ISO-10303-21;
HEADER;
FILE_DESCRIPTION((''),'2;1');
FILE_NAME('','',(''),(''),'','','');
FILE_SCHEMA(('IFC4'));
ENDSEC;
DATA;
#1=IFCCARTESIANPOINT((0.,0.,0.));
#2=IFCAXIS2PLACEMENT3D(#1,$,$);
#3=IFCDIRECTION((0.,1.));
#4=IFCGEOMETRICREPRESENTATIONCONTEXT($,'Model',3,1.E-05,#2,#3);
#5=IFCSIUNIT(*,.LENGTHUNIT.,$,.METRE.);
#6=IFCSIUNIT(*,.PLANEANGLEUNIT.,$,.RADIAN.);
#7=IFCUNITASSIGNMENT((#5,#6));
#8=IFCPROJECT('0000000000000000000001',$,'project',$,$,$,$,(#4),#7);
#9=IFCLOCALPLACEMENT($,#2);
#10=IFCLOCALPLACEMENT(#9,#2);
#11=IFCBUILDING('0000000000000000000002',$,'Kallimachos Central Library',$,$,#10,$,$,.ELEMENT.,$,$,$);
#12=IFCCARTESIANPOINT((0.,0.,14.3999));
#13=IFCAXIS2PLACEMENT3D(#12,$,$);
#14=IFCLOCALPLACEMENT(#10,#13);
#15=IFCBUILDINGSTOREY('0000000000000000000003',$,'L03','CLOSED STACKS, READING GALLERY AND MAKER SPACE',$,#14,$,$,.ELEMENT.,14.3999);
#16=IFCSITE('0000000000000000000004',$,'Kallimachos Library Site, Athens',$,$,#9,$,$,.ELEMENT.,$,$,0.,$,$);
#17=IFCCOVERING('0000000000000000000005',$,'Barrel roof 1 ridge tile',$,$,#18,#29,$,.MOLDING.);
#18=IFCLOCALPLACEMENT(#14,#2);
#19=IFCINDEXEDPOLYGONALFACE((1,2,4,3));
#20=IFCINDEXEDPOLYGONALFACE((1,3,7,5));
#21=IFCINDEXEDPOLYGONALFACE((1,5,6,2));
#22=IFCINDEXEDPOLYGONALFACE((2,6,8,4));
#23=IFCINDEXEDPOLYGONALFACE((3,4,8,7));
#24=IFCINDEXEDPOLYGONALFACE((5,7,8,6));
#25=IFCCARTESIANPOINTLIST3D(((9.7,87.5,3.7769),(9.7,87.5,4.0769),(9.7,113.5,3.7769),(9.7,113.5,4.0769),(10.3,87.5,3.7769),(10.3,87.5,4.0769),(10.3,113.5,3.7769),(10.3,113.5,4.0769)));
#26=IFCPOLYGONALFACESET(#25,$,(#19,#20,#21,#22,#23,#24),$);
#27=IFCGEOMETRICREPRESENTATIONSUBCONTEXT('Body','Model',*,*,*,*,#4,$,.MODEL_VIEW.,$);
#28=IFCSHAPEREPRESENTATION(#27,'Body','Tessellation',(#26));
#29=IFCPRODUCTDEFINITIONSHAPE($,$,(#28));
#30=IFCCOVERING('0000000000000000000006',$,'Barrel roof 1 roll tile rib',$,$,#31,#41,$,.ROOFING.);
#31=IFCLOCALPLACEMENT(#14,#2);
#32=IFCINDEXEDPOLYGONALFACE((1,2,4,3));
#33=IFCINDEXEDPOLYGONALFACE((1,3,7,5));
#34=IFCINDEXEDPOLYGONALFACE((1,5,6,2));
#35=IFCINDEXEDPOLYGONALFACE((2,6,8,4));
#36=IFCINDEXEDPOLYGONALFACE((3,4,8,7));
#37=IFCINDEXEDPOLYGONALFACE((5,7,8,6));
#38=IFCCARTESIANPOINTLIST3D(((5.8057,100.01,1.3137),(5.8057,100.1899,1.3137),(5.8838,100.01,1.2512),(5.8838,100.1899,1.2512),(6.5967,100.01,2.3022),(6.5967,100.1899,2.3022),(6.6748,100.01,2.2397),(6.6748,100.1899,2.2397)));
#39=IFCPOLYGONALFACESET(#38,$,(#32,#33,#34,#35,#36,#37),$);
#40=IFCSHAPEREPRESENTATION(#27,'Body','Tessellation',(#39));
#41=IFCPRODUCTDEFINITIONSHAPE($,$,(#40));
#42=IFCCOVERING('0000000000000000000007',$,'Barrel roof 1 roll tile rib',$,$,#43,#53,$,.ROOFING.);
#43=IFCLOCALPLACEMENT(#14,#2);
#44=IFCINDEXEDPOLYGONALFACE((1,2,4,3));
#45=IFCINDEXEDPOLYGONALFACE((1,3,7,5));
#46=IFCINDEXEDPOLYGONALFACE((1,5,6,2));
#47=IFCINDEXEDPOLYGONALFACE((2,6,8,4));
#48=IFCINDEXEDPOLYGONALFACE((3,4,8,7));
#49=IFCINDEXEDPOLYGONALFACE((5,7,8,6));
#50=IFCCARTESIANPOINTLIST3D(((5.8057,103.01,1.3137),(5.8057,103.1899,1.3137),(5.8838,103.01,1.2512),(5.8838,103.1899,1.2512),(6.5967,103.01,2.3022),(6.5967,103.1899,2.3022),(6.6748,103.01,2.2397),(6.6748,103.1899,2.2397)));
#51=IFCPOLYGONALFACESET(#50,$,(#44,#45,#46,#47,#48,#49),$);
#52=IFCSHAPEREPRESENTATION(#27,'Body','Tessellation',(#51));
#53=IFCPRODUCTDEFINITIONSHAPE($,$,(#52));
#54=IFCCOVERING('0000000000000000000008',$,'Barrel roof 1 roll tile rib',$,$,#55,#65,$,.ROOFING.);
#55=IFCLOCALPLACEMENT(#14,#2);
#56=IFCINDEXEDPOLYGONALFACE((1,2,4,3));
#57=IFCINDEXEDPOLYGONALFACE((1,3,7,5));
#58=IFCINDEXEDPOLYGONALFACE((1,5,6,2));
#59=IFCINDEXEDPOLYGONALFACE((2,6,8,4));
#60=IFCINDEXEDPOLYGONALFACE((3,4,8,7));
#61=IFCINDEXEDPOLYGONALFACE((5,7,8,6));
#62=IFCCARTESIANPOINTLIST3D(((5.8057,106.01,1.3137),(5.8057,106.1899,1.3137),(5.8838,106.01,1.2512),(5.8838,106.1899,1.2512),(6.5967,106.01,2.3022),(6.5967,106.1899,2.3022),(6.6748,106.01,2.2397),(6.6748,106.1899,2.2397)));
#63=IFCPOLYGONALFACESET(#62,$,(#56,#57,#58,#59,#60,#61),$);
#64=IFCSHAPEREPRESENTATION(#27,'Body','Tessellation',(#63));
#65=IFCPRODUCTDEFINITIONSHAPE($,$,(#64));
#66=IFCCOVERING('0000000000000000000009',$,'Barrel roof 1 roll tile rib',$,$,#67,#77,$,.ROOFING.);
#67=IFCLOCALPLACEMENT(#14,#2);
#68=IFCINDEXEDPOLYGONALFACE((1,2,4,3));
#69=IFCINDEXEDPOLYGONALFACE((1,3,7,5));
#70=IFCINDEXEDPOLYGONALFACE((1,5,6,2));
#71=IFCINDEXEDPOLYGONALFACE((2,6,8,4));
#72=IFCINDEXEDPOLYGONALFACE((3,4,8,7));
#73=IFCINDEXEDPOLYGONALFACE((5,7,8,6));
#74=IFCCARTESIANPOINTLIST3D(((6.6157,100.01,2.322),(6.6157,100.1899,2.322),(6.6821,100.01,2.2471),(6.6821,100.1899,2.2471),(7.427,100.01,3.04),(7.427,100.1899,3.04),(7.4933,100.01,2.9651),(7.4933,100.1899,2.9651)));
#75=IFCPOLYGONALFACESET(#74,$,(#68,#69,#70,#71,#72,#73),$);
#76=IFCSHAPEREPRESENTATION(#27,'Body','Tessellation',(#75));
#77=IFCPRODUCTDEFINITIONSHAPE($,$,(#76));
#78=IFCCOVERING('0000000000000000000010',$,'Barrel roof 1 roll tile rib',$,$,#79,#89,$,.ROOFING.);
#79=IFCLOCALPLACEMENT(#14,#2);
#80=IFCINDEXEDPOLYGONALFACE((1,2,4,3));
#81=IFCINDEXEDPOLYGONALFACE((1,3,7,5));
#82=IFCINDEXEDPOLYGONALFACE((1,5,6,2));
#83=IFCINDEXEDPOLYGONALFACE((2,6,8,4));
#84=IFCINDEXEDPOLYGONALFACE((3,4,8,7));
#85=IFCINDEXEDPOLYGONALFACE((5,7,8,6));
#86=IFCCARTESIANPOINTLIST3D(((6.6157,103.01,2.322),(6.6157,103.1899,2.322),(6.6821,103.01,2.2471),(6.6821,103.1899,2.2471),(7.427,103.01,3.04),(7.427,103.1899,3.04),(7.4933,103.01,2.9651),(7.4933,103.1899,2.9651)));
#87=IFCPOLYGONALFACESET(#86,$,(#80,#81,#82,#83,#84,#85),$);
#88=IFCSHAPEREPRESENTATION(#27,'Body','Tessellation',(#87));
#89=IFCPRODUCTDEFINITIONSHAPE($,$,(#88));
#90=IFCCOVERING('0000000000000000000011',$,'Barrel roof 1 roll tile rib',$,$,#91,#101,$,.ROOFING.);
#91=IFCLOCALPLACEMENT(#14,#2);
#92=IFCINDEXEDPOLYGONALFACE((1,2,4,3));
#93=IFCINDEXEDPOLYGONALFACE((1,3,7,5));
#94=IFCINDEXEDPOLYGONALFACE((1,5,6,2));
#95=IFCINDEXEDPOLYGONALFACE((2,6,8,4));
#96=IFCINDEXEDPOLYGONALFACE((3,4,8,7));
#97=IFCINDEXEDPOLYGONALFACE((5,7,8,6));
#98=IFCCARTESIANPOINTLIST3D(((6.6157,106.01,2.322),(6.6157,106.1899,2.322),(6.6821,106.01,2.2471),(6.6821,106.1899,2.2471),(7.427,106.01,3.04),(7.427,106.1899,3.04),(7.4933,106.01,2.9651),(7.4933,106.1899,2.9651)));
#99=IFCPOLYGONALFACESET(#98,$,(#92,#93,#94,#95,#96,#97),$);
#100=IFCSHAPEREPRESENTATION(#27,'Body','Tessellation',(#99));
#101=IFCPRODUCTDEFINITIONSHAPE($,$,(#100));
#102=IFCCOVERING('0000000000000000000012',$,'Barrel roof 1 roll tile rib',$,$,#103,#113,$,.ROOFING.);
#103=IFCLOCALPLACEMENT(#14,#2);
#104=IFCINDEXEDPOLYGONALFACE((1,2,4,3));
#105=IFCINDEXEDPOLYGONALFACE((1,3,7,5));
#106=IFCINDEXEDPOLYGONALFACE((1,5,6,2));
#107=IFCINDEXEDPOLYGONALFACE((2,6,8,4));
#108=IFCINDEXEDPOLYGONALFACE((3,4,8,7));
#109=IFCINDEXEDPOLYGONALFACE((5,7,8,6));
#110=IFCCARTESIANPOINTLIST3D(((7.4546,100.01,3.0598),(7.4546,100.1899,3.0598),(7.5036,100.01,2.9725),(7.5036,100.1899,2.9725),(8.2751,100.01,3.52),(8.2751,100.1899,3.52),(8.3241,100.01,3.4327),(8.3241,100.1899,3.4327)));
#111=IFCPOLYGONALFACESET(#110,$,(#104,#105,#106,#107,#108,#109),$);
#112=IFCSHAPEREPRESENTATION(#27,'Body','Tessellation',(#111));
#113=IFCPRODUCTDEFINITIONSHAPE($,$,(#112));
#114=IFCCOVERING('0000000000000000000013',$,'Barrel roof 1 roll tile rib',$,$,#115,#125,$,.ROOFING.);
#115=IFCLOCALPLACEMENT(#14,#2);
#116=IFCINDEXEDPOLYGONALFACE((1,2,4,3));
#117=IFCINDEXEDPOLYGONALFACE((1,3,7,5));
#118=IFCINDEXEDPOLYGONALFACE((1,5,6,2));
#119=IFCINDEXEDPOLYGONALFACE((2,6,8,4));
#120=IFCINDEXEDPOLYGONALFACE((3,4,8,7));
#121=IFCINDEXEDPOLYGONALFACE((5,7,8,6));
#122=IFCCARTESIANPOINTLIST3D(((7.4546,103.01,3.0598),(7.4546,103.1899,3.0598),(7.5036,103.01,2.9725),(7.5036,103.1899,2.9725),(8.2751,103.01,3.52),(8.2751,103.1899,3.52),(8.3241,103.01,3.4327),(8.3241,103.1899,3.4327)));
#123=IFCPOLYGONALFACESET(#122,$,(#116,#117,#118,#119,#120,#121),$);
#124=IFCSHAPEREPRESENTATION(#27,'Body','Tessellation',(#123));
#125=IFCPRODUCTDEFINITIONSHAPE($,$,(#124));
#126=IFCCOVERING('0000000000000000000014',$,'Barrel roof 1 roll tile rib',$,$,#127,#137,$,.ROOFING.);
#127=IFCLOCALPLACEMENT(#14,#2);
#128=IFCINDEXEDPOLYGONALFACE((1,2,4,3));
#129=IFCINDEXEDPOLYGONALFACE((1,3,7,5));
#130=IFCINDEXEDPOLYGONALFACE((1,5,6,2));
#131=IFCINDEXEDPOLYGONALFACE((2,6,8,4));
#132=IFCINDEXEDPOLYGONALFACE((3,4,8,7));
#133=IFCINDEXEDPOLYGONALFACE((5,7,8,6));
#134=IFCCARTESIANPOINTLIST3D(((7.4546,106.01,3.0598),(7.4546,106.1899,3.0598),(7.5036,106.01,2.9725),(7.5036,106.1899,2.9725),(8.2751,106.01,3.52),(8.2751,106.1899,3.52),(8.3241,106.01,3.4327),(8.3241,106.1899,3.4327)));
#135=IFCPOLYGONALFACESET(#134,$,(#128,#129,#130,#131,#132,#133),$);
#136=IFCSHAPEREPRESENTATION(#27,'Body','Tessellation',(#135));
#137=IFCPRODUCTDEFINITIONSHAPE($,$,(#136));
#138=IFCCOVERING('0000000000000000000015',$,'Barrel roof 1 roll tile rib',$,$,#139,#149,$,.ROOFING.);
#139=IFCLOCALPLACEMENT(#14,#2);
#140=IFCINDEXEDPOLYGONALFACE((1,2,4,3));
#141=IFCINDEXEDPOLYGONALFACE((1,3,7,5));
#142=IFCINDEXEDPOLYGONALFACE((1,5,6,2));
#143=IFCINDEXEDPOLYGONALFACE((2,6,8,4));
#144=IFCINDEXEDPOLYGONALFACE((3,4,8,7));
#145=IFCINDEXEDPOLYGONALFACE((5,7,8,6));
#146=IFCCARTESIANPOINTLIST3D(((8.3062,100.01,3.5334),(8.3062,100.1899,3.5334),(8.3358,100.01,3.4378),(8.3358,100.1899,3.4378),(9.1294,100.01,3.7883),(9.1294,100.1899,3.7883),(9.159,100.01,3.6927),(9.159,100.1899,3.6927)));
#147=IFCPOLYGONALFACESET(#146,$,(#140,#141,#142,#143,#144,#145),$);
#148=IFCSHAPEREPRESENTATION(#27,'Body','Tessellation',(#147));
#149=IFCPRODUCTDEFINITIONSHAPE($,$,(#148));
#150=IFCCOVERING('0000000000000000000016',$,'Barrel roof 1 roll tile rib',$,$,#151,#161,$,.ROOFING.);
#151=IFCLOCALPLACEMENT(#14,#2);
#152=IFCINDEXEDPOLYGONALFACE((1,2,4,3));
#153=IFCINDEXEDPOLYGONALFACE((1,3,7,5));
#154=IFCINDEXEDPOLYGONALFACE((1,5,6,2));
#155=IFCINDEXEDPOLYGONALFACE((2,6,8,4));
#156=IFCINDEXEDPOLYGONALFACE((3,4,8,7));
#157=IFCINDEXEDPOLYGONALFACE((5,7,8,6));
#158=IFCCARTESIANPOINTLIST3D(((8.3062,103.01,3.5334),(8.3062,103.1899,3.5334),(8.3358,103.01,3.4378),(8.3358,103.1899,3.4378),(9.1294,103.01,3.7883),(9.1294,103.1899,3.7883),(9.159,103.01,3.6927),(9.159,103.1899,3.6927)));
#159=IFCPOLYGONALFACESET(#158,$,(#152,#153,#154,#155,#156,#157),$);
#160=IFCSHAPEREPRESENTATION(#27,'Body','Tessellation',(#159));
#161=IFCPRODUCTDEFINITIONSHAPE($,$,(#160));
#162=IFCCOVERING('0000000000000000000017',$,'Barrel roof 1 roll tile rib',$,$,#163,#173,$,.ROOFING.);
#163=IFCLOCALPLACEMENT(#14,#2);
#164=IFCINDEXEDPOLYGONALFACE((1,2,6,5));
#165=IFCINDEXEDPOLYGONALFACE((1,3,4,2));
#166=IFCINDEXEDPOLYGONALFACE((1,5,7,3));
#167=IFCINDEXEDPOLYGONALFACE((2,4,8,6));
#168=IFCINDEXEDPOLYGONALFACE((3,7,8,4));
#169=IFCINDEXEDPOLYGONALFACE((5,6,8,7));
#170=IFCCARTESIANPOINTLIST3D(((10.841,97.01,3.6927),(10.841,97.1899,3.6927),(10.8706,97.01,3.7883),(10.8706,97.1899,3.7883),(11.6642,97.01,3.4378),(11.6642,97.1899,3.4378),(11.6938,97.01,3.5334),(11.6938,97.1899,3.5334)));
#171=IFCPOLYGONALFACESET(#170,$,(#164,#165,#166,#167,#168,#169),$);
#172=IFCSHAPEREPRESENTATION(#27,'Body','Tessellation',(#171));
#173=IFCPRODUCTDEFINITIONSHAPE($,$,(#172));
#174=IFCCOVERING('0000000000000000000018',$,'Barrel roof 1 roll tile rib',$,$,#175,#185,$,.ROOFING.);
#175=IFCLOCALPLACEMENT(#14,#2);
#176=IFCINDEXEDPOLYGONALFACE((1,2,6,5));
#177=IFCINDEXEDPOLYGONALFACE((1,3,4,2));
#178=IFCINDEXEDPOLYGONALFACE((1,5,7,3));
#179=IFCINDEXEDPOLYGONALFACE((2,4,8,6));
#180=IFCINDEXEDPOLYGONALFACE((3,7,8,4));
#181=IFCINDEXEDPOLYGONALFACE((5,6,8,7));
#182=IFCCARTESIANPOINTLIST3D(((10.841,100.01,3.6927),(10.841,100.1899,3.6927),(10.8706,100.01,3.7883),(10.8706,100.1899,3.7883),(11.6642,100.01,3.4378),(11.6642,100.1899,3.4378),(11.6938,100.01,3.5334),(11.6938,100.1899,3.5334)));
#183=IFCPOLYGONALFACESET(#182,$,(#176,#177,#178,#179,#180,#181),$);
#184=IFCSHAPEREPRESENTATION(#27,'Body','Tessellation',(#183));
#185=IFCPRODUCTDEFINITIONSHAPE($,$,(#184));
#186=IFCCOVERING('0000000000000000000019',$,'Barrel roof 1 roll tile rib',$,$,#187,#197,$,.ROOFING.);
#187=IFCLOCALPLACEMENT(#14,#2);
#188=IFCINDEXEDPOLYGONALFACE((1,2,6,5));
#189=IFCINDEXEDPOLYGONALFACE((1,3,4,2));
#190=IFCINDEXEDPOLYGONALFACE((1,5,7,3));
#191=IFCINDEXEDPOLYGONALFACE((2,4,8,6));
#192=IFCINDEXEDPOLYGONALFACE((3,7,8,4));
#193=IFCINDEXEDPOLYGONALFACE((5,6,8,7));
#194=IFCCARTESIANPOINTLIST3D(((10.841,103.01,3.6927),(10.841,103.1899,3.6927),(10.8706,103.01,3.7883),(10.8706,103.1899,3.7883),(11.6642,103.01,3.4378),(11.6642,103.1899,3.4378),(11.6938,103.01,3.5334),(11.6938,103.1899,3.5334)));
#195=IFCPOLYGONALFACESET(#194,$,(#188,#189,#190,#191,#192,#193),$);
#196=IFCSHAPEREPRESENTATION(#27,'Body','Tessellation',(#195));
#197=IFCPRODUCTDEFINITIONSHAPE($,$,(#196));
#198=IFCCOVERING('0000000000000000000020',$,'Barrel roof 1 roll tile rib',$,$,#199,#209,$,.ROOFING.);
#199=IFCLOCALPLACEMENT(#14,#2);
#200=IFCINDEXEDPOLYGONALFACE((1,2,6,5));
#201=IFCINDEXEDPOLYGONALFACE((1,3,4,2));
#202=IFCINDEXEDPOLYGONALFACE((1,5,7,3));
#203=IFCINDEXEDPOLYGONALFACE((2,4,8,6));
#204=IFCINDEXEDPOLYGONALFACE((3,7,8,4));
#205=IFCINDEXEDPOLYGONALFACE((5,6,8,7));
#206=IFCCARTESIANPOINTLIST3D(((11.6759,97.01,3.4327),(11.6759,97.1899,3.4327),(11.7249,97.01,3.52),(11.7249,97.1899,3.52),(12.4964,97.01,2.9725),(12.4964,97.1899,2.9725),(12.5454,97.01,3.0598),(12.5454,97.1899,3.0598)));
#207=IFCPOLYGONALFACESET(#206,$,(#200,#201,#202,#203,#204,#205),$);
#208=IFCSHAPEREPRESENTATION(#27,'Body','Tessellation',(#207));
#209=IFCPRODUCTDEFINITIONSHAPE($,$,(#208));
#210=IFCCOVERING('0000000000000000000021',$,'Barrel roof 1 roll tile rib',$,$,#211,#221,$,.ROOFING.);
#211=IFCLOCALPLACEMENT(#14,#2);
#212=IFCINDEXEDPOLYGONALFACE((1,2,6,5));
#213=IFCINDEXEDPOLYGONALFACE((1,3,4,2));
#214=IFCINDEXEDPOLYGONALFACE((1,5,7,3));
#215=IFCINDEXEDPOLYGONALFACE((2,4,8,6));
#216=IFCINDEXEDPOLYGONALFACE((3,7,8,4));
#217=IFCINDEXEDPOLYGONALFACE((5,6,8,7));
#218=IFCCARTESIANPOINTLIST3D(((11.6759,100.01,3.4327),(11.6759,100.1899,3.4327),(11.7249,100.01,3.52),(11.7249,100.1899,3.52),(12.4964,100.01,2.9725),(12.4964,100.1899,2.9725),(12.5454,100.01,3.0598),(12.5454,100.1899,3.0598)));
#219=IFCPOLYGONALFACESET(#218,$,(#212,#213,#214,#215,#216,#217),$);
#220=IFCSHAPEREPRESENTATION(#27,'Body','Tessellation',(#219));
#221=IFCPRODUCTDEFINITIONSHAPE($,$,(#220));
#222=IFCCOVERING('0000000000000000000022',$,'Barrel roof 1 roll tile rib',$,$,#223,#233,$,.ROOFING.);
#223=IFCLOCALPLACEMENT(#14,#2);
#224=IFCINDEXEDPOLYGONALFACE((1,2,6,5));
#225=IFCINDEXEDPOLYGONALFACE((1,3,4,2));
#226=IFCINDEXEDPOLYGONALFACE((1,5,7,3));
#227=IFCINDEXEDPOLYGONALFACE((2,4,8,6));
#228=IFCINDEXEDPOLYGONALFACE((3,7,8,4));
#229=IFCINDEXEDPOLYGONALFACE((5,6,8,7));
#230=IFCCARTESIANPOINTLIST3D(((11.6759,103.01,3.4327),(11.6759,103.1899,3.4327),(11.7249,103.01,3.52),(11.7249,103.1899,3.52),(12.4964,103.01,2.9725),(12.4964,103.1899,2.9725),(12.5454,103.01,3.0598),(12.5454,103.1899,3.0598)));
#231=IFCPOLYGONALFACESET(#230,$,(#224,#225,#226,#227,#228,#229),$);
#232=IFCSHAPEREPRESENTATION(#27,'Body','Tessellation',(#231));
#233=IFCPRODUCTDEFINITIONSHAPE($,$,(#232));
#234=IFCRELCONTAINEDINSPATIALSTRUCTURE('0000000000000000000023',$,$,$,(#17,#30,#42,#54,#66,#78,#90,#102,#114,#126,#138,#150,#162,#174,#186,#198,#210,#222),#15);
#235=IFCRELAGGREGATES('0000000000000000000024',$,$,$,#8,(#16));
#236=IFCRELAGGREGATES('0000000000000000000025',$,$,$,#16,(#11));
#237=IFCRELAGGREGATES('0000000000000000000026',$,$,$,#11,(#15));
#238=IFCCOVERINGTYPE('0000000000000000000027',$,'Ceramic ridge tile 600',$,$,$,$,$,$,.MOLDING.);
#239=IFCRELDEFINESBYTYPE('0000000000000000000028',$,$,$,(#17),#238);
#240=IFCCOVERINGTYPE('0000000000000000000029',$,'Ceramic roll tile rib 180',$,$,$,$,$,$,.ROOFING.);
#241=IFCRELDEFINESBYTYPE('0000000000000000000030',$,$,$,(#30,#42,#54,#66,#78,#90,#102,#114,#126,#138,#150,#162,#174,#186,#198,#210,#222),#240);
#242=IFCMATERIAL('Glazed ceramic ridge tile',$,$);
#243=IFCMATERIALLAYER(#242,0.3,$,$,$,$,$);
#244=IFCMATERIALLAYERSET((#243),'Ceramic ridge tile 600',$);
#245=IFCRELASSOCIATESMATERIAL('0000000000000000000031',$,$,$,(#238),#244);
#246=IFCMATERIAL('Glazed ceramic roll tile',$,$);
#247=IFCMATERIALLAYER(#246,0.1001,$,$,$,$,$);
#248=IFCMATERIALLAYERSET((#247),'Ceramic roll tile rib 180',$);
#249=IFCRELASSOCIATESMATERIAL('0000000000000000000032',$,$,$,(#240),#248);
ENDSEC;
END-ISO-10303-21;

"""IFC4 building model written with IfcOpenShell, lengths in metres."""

from ifc_helpers import new_model, si_unit, direction, frame, origin, origin_2d, place, context, subcontext, project, spatial, polyline, rectangle, outline, extrude, material, layer, layer_set, type_object, element, save


model = new_model("IFC4")

# Units and contexts
model_context = context("Model", 3, precision=1e-05, world=origin(), true_north=direction((0.0, 1.0)))
body_context = subcontext(model_context, "Body", "Model", "MODEL_VIEW")
ifc_project = project(units=[si_unit("LENGTHUNIT", "METRE"), si_unit("PLANEANGLEUNIT", "RADIAN")], contexts=[model_context])

# Site, building, storey
site_placement = place(None, origin())
site = spatial("IfcSite", under=ifc_project, at=site_placement, Name="Kallimachos Library Site, Athens", CompositionType="ELEMENT", RefElevation=0.0)
building_placement = place(site_placement, origin())
building = spatial("IfcBuilding", under=site, at=building_placement, Name="Kallimachos Central Library", CompositionType="ELEMENT")
storey_placement = place(building_placement, frame((0.0, 0.0, 14.3999)))
storey = spatial("IfcBuildingStorey", under=building, at=storey_placement, Name="L03", Description="CLOSED STACKS, READING GALLERY AND MAKER SPACE", CompositionType="ELEMENT", Elevation=14.3999)

# Coverings
ifc_material_1 = material(Name="Glazed ceramic ridge tile")
ifc_layer_1 = layer(ifc_material_1, 0.3)
ifc_layer_set_1 = layer_set([ifc_layer_1], Name="Ceramic ridge tile 600")
covering_type_1 = type_object("IfcCoveringType", Name="Ceramic ridge tile 600", PredefinedType="MOLDING", material=ifc_layer_set_1)
covering_placement = place(storey_placement, frame((10.0, 100.5, 3.7769), z_axis=(0.0, 0.0, 1.0), x_axis=(1.0, 0.0, 0.0)))
element("IfcCovering", 1, at=covering_placement, inside=storey, type_object=covering_type_1, Name="Barrel roof 1 ridge tile", PredefinedType="MOLDING", context=body_context, shape_type="SweptSolid", body=[
    extrude(rectangle(XDim=0.6001, YDim=26.0, at=origin_2d()), origin(), (0.0, 0.0, 1.0), 0.3),
])
ifc_material_2 = material(Name="Glazed ceramic roll tile")
ifc_layer_2 = layer(ifc_material_2, 0.1001)
ifc_layer_set_2 = layer_set([ifc_layer_2], Name="Ceramic roll tile rib 180")
covering_type_2 = type_object("IfcCoveringType", Name="Ceramic roll tile rib 180", PredefinedType="ROOFING", material=ifc_layer_set_2)
for number, where, z_axis, x_axis, name in (
    (2, (5.8057, 100.01, 1.3137), (-0.780794, 0.0, 0.624789), (0.624789, 0.0, 0.780794), "Barrel roof 1 roll tile rib"),
    (3, (5.8057, 103.01, 1.3137), (-0.780794, 0.0, 0.624789), (0.624789, 0.0, 0.780794), "Barrel roof 1 roll tile rib"),
    (4, (5.8057, 106.01, 1.3137), (-0.780794, 0.0, 0.624789), (0.624789, 0.0, 0.780794), "Barrel roof 1 roll tile rib"),
):
    element("IfcCovering", number, at=place(storey_placement, frame(where, z_axis=z_axis, x_axis=x_axis)), inside=storey, type_object=covering_type_2, Name=name, PredefinedType="ROOFING", context=body_context, shape_type="SweptSolid", body=[
        extrude(outline(polyline([(0.0, 0.0), (1.2661, 0.0), (1.2661, 0.1799), (0.0, 0.1799), (0.0, 0.0)])), origin(), (0.0, 0.0, -1.0), 0.1001),
    ])
for number, where, z_axis, x_axis, name in (
    (5, (6.6157, 100.01, 2.322), (-0.662754, 0.0, 0.748837), (0.748837, 0.0, 0.662754), "Barrel roof 1 roll tile rib"),
    (6, (6.6157, 103.01, 2.322), (-0.662754, 0.0, 0.748837), (0.748837, 0.0, 0.662754), "Barrel roof 1 roll tile rib"),
    (7, (6.6157, 106.01, 2.322), (-0.662754, 0.0, 0.748837), (0.748837, 0.0, 0.662754), "Barrel roof 1 roll tile rib"),
):
    element("IfcCovering", number, at=place(storey_placement, frame(where, z_axis=z_axis, x_axis=x_axis)), inside=storey, type_object=covering_type_2, Name=name, PredefinedType="ROOFING", context=body_context, shape_type="SweptSolid", body=[
        extrude(outline(polyline([(0.0, 0.0), (1.0834, 0.0), (1.0834, 0.1799), (0.0, 0.1799), (0.0, 0.0)])), origin(), (0.0, 0.0, -1.0), 0.1001),
    ])
for number, where, z_axis, x_axis, name in (
    (8, (7.4546, 100.01, 3.0598), (-0.489164, 0.0, 0.872192), (0.872192, 0.0, 0.489164), "Barrel roof 1 roll tile rib"),
    (9, (7.4546, 103.01, 3.0598), (-0.489164, 0.0, 0.872192), (0.872192, 0.0, 0.489164), "Barrel roof 1 roll tile rib"),
    (10, (7.4546, 106.01, 3.0598), (-0.489164, 0.0, 0.872192), (0.872192, 0.0, 0.489164), "Barrel roof 1 roll tile rib"),
):
    element("IfcCovering", number, at=place(storey_placement, frame(where, z_axis=z_axis, x_axis=x_axis)), inside=storey, type_object=covering_type_2, Name=name, PredefinedType="ROOFING", context=body_context, shape_type="SweptSolid", body=[
        extrude(outline(polyline([(0.0, 0.0), (0.9408, 0.0), (0.9408, 0.1799), (0.0, 0.1799), (0.0, 0.0)])), origin(), (0.0, 0.0, -1.0), 0.1001),
    ])
for number, where, z_axis, x_axis, name in (
    (11, (8.3062, 100.01, 3.5334), (-0.295758, 0.0, 0.955263), (0.955263, 0.0, 0.295758), "Barrel roof 1 roll tile rib"),
    (12, (8.3062, 103.01, 3.5334), (-0.295758, 0.0, 0.955263), (0.955263, 0.0, 0.295758), "Barrel roof 1 roll tile rib"),
    (13, (10.8706, 97.01, 3.7883), (0.295758, 0.0, 0.955263), (0.955263, 0.0, -0.295758), "Barrel roof 1 roll tile rib"),
    (14, (10.8706, 100.01, 3.7883), (0.295758, 0.0, 0.955263), (0.955263, 0.0, -0.295758), "Barrel roof 1 roll tile rib"),
    (15, (10.8706, 103.01, 3.7883), (0.295758, 0.0, 0.955263), (0.955263, 0.0, -0.295758), "Barrel roof 1 roll tile rib"),
):
    element("IfcCovering", number, at=place(storey_placement, frame(where, z_axis=z_axis, x_axis=x_axis)), inside=storey, type_object=covering_type_2, Name=name, PredefinedType="ROOFING", context=body_context, shape_type="SweptSolid", body=[
        extrude(outline(polyline([(0.0, 0.0), (0.8618, 0.0), (0.8618, 0.1799), (0.0, 0.1799), (0.0, 0.0)])), origin(), (0.0, 0.0, -1.0), 0.1001),
    ])
for number, where, z_axis, x_axis, name in (
    (16, (11.7249, 97.01, 3.52), (0.489164, 0.0, 0.872192), (0.872192, 0.0, -0.489164), "Barrel roof 1 roll tile rib"),
    (17, (11.7249, 100.01, 3.52), (0.489164, 0.0, 0.872192), (0.872192, 0.0, -0.489164), "Barrel roof 1 roll tile rib"),
    (18, (11.7249, 103.01, 3.52), (0.489164, 0.0, 0.872192), (0.872192, 0.0, -0.489164), "Barrel roof 1 roll tile rib"),
):
    element("IfcCovering", number, at=place(storey_placement, frame(where, z_axis=z_axis, x_axis=x_axis)), inside=storey, type_object=covering_type_2, Name=name, PredefinedType="ROOFING", context=body_context, shape_type="SweptSolid", body=[
        extrude(outline(polyline([(0.0, 0.0), (0.9408, 0.0), (0.9408, 0.1799), (0.0, 0.1799), (0.0, 0.0)])), origin(), (0.0, 0.0, -1.0), 0.1001),
    ])

save(model, "model.ifc")
